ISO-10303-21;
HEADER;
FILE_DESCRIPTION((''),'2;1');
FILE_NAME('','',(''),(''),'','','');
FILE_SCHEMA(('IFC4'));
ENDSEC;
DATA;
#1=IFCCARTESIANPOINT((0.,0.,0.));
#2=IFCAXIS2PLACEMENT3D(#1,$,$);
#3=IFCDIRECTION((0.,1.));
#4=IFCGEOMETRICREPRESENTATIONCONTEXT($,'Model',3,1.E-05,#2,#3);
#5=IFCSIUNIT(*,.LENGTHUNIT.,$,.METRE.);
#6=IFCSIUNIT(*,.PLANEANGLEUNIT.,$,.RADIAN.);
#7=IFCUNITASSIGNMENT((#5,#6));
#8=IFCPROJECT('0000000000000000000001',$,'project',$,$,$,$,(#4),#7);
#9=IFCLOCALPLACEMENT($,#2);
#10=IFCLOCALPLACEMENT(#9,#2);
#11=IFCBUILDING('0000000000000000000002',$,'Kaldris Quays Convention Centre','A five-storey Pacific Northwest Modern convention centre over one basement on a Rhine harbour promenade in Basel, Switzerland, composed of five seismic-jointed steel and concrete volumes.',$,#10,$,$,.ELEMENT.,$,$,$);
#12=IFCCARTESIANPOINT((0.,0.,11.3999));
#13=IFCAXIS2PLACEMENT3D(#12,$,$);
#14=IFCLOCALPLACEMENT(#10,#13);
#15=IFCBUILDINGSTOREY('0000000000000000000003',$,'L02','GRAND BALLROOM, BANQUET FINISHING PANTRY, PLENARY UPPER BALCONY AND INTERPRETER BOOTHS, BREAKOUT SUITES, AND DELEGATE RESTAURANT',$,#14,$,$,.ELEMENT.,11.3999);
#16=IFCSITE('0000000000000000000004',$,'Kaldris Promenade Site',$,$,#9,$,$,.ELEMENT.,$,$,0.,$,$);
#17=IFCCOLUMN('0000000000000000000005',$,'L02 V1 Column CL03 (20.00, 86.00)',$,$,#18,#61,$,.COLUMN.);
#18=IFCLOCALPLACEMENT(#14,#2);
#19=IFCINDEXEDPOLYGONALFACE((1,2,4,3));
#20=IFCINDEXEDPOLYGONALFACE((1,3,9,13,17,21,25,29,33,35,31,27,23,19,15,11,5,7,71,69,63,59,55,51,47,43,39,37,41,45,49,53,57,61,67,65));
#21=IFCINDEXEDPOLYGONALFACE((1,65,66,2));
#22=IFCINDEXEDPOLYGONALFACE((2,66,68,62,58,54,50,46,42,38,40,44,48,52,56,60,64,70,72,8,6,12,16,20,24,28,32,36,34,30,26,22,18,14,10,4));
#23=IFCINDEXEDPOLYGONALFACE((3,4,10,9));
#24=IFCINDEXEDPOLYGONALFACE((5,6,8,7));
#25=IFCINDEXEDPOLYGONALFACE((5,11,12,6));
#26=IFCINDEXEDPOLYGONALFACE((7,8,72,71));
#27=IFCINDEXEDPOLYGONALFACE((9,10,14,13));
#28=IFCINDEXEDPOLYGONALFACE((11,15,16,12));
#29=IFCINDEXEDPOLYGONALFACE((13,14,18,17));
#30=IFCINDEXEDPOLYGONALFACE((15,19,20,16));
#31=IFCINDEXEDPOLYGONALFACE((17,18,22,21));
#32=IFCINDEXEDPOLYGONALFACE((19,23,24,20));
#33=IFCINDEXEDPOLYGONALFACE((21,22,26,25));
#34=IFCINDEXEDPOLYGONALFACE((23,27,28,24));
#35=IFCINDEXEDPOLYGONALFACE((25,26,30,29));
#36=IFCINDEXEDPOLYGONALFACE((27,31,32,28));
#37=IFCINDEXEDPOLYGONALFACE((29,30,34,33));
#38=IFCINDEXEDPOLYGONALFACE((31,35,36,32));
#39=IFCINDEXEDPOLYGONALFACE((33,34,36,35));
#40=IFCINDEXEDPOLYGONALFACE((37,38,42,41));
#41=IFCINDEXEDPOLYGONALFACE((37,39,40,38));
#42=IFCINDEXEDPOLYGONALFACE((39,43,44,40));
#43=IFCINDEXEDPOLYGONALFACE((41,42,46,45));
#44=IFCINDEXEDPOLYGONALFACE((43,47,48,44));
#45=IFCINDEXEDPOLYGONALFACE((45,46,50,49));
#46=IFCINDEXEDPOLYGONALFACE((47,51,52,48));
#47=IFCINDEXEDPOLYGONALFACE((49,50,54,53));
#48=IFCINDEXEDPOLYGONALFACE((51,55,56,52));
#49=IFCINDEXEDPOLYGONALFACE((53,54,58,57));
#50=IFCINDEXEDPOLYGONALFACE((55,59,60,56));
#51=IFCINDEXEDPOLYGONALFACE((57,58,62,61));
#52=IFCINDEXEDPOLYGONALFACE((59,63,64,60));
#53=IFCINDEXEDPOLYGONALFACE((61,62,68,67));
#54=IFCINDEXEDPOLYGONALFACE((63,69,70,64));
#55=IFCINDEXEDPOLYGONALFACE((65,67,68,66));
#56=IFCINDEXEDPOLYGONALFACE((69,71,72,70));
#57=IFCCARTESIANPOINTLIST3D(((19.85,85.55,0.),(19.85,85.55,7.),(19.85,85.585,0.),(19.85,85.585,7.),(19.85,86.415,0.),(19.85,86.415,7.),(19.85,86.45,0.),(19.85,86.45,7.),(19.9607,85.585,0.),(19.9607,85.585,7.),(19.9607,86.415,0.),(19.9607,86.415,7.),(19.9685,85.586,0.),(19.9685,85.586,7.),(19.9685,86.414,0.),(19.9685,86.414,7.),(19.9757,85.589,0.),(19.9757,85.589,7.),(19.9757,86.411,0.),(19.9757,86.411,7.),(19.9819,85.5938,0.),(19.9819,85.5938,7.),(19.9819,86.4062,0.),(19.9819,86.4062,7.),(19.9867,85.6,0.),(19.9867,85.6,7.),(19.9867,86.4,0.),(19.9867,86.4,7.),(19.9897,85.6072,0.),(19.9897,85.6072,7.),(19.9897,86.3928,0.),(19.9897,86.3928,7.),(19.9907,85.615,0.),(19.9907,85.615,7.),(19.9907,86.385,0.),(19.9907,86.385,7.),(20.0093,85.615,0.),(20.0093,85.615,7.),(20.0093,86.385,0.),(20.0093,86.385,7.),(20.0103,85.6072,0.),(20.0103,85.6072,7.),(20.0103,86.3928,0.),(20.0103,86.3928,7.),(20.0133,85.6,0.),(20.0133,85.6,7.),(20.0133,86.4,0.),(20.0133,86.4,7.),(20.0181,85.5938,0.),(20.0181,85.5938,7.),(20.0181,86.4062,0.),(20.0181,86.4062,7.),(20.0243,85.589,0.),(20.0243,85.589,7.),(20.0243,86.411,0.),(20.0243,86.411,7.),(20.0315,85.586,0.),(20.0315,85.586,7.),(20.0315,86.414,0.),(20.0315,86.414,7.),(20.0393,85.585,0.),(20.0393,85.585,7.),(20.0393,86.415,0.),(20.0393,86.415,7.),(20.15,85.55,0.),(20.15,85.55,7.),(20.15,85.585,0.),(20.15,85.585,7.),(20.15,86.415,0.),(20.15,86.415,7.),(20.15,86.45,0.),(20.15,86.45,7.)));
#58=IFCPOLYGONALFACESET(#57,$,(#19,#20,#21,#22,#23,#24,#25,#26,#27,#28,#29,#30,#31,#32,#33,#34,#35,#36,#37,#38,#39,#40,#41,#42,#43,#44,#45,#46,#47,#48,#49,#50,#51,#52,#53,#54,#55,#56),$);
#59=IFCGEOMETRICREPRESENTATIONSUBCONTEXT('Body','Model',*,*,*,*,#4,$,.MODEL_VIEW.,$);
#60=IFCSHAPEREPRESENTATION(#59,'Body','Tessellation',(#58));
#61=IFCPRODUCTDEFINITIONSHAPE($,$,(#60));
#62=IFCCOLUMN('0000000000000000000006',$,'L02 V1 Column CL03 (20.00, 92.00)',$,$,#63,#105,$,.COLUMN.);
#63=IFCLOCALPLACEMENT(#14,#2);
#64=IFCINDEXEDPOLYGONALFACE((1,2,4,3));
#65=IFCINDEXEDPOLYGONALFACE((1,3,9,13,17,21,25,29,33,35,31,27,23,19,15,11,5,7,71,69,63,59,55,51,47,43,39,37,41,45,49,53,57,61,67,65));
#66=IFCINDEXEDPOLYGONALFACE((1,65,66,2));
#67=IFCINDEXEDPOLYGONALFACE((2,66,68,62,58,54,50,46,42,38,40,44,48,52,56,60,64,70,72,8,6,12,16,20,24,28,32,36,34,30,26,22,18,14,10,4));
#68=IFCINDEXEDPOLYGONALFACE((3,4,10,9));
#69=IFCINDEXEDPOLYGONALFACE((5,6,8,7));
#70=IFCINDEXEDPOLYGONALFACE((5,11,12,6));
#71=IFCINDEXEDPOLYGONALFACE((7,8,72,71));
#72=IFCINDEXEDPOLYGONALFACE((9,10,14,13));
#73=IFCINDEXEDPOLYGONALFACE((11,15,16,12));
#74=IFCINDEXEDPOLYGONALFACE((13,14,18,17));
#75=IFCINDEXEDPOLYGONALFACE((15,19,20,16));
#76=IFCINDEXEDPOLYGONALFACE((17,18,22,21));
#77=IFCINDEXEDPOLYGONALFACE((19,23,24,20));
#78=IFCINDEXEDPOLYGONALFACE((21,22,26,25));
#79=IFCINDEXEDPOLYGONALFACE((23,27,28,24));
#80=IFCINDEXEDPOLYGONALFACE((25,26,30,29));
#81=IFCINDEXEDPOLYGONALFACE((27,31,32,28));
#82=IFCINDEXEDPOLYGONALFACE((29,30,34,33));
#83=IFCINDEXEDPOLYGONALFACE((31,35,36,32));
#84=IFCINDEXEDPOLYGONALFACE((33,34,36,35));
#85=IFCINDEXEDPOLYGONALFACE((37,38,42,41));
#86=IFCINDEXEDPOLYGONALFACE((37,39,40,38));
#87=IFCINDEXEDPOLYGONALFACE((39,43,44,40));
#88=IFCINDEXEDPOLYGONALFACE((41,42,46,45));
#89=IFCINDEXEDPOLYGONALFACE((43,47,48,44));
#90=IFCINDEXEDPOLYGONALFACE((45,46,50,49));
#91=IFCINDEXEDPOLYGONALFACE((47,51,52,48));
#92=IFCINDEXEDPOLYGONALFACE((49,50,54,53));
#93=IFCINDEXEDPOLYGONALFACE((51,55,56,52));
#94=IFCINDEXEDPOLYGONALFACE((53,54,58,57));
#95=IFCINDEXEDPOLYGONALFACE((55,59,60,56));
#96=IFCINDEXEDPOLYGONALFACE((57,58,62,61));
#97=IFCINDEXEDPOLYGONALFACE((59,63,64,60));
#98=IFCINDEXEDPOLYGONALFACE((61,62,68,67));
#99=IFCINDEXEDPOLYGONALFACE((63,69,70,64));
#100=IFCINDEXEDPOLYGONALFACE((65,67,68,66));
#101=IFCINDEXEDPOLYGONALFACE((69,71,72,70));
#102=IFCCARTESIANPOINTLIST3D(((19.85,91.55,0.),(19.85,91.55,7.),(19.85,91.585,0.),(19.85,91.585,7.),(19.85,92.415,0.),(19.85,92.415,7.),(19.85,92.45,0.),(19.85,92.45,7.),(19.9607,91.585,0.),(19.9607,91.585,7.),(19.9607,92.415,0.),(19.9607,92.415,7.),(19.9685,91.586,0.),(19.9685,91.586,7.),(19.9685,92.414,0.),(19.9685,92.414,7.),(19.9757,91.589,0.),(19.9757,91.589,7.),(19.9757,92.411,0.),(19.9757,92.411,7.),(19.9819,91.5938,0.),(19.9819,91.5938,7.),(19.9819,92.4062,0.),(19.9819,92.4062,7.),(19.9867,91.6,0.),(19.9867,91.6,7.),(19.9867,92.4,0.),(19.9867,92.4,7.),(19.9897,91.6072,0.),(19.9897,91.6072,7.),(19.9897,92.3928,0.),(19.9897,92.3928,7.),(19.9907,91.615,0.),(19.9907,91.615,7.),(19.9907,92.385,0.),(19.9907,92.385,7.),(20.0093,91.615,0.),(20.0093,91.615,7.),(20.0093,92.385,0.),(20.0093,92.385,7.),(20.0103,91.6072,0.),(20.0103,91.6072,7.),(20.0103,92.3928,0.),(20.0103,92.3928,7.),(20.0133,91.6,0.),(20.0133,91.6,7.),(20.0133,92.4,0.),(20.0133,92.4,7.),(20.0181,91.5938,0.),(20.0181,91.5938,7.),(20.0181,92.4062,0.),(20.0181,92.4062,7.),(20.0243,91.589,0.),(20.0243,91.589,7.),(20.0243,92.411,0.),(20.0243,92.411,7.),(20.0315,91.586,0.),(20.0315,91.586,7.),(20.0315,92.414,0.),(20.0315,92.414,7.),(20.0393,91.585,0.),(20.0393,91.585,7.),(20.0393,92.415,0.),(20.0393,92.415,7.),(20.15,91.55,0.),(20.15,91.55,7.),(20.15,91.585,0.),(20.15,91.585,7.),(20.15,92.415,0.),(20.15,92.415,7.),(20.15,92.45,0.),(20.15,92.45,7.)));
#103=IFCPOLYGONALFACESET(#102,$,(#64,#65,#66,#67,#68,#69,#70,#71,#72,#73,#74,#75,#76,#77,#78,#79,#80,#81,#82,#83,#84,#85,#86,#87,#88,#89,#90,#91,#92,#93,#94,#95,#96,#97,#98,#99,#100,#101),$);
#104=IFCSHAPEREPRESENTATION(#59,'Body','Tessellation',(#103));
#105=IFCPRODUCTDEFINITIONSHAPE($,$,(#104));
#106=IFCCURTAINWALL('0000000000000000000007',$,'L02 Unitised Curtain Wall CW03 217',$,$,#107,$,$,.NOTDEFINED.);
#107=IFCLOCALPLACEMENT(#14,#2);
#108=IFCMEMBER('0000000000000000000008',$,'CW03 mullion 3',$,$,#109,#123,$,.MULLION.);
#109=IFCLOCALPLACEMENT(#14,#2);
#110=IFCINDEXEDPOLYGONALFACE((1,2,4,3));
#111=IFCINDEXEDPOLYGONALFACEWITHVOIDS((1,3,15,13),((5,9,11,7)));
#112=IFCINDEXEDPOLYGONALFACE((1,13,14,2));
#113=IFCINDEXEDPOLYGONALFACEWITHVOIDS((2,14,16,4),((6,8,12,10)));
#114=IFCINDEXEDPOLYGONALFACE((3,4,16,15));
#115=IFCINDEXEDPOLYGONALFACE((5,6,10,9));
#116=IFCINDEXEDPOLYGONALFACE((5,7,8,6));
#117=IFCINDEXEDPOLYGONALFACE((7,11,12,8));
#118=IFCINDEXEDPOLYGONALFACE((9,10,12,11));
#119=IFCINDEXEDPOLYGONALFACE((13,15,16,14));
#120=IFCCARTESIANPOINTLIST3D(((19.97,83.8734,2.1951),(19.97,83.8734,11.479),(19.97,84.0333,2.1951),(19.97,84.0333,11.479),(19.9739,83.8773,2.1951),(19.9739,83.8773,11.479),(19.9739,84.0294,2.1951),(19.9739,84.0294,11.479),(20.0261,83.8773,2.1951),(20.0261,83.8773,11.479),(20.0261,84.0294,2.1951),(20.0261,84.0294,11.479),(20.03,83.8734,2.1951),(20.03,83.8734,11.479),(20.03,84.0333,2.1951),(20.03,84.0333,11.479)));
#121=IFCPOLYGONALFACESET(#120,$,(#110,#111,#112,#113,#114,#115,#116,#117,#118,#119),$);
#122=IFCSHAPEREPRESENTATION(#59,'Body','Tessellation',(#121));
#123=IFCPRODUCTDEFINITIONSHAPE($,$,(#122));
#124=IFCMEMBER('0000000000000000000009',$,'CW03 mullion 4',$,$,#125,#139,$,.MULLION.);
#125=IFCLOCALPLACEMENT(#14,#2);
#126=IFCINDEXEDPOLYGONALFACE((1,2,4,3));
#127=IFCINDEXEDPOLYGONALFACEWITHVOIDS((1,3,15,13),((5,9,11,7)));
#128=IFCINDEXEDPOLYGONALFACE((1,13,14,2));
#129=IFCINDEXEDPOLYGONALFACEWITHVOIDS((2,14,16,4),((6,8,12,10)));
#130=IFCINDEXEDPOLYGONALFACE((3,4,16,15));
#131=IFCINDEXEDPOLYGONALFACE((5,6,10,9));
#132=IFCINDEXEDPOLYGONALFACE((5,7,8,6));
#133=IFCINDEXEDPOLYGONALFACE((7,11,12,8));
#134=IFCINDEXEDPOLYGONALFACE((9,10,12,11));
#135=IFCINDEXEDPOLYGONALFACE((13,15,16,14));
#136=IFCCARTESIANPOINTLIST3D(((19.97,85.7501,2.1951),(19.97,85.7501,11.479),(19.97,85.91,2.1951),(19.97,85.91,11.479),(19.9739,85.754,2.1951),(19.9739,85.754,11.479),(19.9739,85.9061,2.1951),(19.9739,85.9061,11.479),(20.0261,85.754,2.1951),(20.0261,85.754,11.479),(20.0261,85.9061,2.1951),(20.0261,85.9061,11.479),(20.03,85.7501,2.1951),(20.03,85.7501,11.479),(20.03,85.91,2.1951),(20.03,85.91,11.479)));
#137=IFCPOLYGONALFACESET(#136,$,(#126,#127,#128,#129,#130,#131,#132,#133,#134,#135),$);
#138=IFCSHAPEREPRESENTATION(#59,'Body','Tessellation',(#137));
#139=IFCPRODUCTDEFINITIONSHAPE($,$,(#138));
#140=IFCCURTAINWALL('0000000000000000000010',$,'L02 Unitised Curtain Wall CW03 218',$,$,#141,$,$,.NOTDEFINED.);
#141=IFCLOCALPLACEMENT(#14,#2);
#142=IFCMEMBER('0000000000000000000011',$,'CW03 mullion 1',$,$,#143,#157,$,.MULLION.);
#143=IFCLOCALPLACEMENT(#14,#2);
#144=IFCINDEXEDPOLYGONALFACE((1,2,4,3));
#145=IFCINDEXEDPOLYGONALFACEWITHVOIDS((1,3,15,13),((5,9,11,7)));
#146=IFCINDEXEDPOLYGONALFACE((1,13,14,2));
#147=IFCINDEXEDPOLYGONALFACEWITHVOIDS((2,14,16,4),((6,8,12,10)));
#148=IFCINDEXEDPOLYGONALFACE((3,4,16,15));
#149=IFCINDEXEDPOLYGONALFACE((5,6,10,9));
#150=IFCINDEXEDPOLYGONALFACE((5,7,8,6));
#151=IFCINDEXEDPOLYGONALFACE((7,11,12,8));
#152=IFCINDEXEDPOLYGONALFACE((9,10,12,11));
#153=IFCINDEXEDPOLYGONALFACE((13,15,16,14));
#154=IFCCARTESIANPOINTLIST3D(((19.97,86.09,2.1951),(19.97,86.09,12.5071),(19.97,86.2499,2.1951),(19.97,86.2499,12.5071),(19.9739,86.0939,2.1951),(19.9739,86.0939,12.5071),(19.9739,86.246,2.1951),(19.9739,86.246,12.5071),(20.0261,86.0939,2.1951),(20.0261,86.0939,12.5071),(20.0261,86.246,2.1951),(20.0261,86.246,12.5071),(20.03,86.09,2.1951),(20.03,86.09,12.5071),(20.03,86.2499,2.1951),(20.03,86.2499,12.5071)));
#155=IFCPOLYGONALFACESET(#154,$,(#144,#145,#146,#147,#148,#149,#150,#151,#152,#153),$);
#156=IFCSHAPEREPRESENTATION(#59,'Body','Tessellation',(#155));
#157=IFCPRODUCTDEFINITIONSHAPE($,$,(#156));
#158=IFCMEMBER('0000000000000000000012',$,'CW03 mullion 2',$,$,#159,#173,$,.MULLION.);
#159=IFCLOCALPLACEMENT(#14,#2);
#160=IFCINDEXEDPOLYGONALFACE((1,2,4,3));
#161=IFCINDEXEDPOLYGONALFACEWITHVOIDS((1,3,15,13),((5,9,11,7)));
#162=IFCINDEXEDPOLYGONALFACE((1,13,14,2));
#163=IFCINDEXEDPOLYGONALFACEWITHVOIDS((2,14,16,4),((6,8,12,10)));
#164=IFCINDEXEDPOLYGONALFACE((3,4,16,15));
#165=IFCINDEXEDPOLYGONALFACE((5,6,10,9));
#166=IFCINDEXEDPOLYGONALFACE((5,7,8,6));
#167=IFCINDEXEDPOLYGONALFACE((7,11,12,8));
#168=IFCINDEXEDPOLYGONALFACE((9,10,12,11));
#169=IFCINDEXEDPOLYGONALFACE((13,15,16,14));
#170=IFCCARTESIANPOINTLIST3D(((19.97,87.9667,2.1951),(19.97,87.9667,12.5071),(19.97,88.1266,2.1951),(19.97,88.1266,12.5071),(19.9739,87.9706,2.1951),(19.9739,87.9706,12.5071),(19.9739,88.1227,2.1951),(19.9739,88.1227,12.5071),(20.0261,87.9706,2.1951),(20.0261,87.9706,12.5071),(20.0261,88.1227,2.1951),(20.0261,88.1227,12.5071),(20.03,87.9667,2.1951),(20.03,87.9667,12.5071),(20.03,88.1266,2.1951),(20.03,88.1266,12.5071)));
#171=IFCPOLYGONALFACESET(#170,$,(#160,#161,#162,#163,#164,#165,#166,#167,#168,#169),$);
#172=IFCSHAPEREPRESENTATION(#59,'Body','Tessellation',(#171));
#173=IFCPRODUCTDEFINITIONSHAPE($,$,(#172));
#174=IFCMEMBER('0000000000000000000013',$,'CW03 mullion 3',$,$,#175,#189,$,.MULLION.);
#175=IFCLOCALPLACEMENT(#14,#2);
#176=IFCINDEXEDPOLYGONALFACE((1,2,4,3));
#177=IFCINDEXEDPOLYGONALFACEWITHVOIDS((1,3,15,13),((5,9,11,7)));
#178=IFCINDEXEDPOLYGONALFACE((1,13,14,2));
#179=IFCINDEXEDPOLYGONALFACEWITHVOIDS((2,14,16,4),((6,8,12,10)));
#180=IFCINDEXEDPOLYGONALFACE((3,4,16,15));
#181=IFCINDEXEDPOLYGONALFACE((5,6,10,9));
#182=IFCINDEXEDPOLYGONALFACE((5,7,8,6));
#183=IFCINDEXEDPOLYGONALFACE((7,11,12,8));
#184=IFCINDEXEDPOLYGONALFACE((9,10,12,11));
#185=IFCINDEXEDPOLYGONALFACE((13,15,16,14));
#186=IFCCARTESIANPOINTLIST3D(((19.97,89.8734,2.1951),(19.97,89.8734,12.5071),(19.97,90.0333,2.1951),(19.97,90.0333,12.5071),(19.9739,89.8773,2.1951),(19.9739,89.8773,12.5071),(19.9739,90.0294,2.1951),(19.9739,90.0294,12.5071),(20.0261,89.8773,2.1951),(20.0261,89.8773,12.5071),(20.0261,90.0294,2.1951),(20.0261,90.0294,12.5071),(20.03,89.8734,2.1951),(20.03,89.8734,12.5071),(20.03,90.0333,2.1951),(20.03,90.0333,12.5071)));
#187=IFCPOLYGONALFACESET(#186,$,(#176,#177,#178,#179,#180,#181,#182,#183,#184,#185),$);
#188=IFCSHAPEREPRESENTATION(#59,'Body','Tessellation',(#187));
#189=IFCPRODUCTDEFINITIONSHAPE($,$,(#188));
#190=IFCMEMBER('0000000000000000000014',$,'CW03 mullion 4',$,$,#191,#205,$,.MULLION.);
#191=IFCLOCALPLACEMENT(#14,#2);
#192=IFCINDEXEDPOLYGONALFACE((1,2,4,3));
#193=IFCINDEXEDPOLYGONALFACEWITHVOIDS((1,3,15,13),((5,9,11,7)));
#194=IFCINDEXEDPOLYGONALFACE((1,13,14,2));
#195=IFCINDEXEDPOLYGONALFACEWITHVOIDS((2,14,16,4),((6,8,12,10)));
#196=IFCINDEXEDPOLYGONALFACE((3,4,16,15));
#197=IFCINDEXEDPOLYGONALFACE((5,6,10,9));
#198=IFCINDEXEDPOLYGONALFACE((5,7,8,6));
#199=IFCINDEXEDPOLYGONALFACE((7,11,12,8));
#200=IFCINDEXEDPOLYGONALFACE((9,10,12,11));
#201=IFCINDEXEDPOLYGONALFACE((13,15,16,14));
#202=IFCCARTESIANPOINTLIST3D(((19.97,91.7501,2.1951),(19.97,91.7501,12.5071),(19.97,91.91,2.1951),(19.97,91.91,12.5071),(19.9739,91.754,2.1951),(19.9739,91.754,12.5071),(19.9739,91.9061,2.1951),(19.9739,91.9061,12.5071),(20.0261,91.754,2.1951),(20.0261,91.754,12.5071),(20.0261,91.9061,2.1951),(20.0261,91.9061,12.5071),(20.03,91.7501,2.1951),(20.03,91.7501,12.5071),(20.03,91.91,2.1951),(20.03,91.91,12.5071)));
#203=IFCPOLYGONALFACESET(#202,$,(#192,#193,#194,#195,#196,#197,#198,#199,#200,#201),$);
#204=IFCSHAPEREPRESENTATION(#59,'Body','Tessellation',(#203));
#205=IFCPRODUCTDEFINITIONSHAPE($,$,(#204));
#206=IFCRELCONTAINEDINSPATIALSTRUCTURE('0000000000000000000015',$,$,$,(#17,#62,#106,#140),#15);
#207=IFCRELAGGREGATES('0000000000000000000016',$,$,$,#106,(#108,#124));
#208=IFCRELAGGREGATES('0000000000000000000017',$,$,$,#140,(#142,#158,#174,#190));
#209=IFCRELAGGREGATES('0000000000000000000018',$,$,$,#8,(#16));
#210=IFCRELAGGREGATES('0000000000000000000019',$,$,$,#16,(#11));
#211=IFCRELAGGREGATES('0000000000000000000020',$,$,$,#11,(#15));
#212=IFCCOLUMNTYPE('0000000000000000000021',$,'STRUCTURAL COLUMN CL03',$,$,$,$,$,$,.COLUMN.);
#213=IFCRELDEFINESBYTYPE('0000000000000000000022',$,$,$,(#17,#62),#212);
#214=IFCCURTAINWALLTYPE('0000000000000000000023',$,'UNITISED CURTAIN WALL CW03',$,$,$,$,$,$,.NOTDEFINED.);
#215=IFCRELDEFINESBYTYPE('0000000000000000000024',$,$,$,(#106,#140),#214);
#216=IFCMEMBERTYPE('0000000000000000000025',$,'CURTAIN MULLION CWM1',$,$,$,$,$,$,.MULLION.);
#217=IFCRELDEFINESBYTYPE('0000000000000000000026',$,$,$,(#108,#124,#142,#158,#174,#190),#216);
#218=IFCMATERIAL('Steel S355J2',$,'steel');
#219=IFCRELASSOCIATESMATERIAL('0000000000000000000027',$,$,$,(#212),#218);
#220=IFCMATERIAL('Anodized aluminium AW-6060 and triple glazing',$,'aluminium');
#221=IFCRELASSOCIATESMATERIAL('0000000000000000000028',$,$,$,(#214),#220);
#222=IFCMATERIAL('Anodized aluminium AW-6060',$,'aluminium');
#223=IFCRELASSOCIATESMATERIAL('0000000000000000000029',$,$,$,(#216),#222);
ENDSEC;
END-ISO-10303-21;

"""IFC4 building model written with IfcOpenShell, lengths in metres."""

from ifc_helpers import new_model, si_unit, direction, frame, origin, origin_2d, place, context, subcontext, project, spatial, hollow_rectangle, i_section, extrude, material, material_profile, profile_set, type_object, element, aggregate, save


model = new_model("IFC4")

# Units and contexts
model_context = context("Model", 3, precision=1e-05, world=origin(), true_north=direction((0.0, 1.0)))
body_context = subcontext(model_context, "Body", "Model", "MODEL_VIEW")
ifc_project = project(units=[si_unit("LENGTHUNIT", "METRE"), si_unit("PLANEANGLEUNIT", "RADIAN")], contexts=[model_context])

# Site, building, storey
site_placement = place(None, origin())
site = spatial("IfcSite", under=ifc_project, at=site_placement, Name="Kaldris Promenade Site", CompositionType="ELEMENT", RefElevation=0.0)
building_placement = place(site_placement, origin())
building = spatial("IfcBuilding", under=site, at=building_placement, Name="Kaldris Quays Convention Centre", Description="A five-storey Pacific Northwest Modern convention centre over one basement on a Rhine harbour promenade in Basel, Switzerland, composed of five seismic-jointed steel and concrete volumes.", CompositionType="ELEMENT")
storey_placement = place(building_placement, frame((0.0, 0.0, 11.3999)))
storey = spatial("IfcBuildingStorey", under=building, at=storey_placement, Name="L02", Description="GRAND BALLROOM, BANQUET FINISHING PANTRY, PLENARY UPPER BALCONY AND INTERPRETER BOOTHS, BREAKOUT SUITES, AND DELEGATE RESTAURANT", CompositionType="ELEMENT", Elevation=11.3999)

# Columns
ifc_material_1 = material(Name="Steel S355J2", Category="steel")
ifc_material_profile_1 = material_profile(ifc_material_1, i_section(OverallWidth=0.3, OverallDepth=0.8999, WebThickness=0.0186, FlangeThickness=0.0349, FilletRadius=0.03, at=origin_2d()), Name="HEB 900")
ifc_profile_set_1 = profile_set([ifc_material_profile_1], Name="Steel S355J2")
column_type = type_object("IfcColumnType", Name="STRUCTURAL COLUMN CL03", PredefinedType="COLUMN", material=ifc_profile_set_1)
for number, where, z_axis, x_axis, name in (
    (1, (20.0, 86.0, 0.0), (0.0, 0.0, 1.0), (1.0, 0.0, 0.0), "L02 V1 Column CL03 (20.00, 86.00)"),
    (2, (20.0, 92.0, 0.0), (0.0, 0.0, 1.0), (1.0, 0.0, 0.0), "L02 V1 Column CL03 (20.00, 92.00)"),
):
    element("IfcColumn", number, at=place(storey_placement, frame(where, z_axis=z_axis, x_axis=x_axis)), inside=storey, type_object=column_type, Name=name, PredefinedType="COLUMN", context=body_context, shape_type="SweptSolid", body=[
        extrude(i_section(OverallWidth=0.3, OverallDepth=0.8999, WebThickness=0.0186, FlangeThickness=0.0349, FilletRadius=0.03, at=origin_2d()), origin(), (0.0, 0.0, 1.0), 7.0),
    ])

# Curtain walls, members
ifc_material_2 = material(Name="Anodized aluminium AW-6060 and triple glazing", Category="aluminium")
curtain_wall_type = type_object("IfcCurtainWallType", Name="UNITISED CURTAIN WALL CW03", PredefinedType="NOTDEFINED", material=ifc_material_2)
curtain_wall_1_placement = place(storey_placement, origin())
curtain_wall_1 = element("IfcCurtainWall", 3, at=curtain_wall_1_placement, inside=storey, type_object=curtain_wall_type, Name="L02 Unitised Curtain Wall CW03 217", PredefinedType="NOTDEFINED")
ifc_material_3 = material(Name="Anodized aluminium AW-6060", Category="aluminium")
ifc_material_profile_2 = material_profile(ifc_material_3, hollow_rectangle(XDim=0.0601, YDim=0.1599, WallThickness=0.0039, at=origin_2d()), Name="RHS 160x60x4")
ifc_profile_set_2 = profile_set([ifc_material_profile_2], Name="Anodized aluminium AW-6060")
member_type_1 = type_object("IfcMemberType", Name="CURTAIN MULLION CWM1", PredefinedType="MULLION", material=ifc_profile_set_2)
member_1_placement = place(storey_placement, frame((20.0, 83.9534, 2.1951), z_axis=(0.0, 0.0, 1.0), x_axis=(-1.0, 0.0, 0.0)))
member_1 = element("IfcMember", 4, at=member_1_placement, type_object=member_type_1, Name="CW03 mullion 3", PredefinedType="MULLION", context=body_context, shape_type="SweptSolid", body=[
    extrude(hollow_rectangle(XDim=0.0601, YDim=0.1599, WallThickness=0.0039, at=origin_2d()), origin(), (0.0, 0.0, 1.0), 9.2839),
])
member_2_placement = place(storey_placement, frame((20.0, 85.8301, 2.1951), z_axis=(0.0, 0.0, 1.0), x_axis=(-1.0, 0.0, 0.0)))
member_2 = element("IfcMember", 5, at=member_2_placement, type_object=member_type_1, Name="CW03 mullion 4", PredefinedType="MULLION", context=body_context, shape_type="SweptSolid", body=[
    extrude(hollow_rectangle(XDim=0.0601, YDim=0.1599, WallThickness=0.0039, at=origin_2d()), origin(), (0.0, 0.0, 1.0), 9.2839),
])
curtain_wall_2_placement = place(storey_placement, origin())
curtain_wall_2 = element("IfcCurtainWall", 6, at=curtain_wall_2_placement, inside=storey, type_object=curtain_wall_type, Name="L02 Unitised Curtain Wall CW03 218", PredefinedType="NOTDEFINED")
member_3_placement = place(storey_placement, frame((20.0, 86.1699, 2.1951), z_axis=(0.0, 0.0, 1.0), x_axis=(-1.0, 0.0, 0.0)))
member_3 = element("IfcMember", 7, at=member_3_placement, type_object=member_type_1, Name="CW03 mullion 1", PredefinedType="MULLION", context=body_context, shape_type="SweptSolid", body=[
    extrude(hollow_rectangle(XDim=0.0601, YDim=0.1599, WallThickness=0.0039, at=origin_2d()), origin(), (0.0, 0.0, 1.0), 10.312),
])
member_4_placement = place(storey_placement, frame((20.0, 88.0466, 2.1951), z_axis=(0.0, 0.0, 1.0), x_axis=(-1.0, 0.0, 0.0)))
member_4 = element("IfcMember", 8, at=member_4_placement, type_object=member_type_1, Name="CW03 mullion 2", PredefinedType="MULLION", context=body_context, shape_type="SweptSolid", body=[
    extrude(hollow_rectangle(XDim=0.0601, YDim=0.1599, WallThickness=0.0039, at=origin_2d()), origin(), (0.0, 0.0, 1.0), 10.312),
])
member_5_placement = place(storey_placement, frame((20.0, 89.9534, 2.1951), z_axis=(0.0, 0.0, 1.0), x_axis=(-1.0, 0.0, 0.0)))
member_5 = element("IfcMember", 9, at=member_5_placement, type_object=member_type_1, Name="CW03 mullion 3", PredefinedType="MULLION", context=body_context, shape_type="SweptSolid", body=[
    extrude(hollow_rectangle(XDim=0.0601, YDim=0.1599, WallThickness=0.0039, at=origin_2d()), origin(), (0.0, 0.0, 1.0), 10.312),
])
member_6_placement = place(storey_placement, frame((20.0, 91.8301, 2.1951), z_axis=(0.0, 0.0, 1.0), x_axis=(-1.0, 0.0, 0.0)))
member_6 = element("IfcMember", 10, at=member_6_placement, type_object=member_type_1, Name="CW03 mullion 4", PredefinedType="MULLION", context=body_context, shape_type="SweptSolid", body=[
    extrude(hollow_rectangle(XDim=0.0601, YDim=0.1599, WallThickness=0.0039, at=origin_2d()), origin(), (0.0, 0.0, 1.0), 10.312),
])

aggregate(curtain_wall_1, [member_1, member_2])
aggregate(curtain_wall_2, [member_3, member_4, member_5, member_6])

save(model, "model.ifc")
